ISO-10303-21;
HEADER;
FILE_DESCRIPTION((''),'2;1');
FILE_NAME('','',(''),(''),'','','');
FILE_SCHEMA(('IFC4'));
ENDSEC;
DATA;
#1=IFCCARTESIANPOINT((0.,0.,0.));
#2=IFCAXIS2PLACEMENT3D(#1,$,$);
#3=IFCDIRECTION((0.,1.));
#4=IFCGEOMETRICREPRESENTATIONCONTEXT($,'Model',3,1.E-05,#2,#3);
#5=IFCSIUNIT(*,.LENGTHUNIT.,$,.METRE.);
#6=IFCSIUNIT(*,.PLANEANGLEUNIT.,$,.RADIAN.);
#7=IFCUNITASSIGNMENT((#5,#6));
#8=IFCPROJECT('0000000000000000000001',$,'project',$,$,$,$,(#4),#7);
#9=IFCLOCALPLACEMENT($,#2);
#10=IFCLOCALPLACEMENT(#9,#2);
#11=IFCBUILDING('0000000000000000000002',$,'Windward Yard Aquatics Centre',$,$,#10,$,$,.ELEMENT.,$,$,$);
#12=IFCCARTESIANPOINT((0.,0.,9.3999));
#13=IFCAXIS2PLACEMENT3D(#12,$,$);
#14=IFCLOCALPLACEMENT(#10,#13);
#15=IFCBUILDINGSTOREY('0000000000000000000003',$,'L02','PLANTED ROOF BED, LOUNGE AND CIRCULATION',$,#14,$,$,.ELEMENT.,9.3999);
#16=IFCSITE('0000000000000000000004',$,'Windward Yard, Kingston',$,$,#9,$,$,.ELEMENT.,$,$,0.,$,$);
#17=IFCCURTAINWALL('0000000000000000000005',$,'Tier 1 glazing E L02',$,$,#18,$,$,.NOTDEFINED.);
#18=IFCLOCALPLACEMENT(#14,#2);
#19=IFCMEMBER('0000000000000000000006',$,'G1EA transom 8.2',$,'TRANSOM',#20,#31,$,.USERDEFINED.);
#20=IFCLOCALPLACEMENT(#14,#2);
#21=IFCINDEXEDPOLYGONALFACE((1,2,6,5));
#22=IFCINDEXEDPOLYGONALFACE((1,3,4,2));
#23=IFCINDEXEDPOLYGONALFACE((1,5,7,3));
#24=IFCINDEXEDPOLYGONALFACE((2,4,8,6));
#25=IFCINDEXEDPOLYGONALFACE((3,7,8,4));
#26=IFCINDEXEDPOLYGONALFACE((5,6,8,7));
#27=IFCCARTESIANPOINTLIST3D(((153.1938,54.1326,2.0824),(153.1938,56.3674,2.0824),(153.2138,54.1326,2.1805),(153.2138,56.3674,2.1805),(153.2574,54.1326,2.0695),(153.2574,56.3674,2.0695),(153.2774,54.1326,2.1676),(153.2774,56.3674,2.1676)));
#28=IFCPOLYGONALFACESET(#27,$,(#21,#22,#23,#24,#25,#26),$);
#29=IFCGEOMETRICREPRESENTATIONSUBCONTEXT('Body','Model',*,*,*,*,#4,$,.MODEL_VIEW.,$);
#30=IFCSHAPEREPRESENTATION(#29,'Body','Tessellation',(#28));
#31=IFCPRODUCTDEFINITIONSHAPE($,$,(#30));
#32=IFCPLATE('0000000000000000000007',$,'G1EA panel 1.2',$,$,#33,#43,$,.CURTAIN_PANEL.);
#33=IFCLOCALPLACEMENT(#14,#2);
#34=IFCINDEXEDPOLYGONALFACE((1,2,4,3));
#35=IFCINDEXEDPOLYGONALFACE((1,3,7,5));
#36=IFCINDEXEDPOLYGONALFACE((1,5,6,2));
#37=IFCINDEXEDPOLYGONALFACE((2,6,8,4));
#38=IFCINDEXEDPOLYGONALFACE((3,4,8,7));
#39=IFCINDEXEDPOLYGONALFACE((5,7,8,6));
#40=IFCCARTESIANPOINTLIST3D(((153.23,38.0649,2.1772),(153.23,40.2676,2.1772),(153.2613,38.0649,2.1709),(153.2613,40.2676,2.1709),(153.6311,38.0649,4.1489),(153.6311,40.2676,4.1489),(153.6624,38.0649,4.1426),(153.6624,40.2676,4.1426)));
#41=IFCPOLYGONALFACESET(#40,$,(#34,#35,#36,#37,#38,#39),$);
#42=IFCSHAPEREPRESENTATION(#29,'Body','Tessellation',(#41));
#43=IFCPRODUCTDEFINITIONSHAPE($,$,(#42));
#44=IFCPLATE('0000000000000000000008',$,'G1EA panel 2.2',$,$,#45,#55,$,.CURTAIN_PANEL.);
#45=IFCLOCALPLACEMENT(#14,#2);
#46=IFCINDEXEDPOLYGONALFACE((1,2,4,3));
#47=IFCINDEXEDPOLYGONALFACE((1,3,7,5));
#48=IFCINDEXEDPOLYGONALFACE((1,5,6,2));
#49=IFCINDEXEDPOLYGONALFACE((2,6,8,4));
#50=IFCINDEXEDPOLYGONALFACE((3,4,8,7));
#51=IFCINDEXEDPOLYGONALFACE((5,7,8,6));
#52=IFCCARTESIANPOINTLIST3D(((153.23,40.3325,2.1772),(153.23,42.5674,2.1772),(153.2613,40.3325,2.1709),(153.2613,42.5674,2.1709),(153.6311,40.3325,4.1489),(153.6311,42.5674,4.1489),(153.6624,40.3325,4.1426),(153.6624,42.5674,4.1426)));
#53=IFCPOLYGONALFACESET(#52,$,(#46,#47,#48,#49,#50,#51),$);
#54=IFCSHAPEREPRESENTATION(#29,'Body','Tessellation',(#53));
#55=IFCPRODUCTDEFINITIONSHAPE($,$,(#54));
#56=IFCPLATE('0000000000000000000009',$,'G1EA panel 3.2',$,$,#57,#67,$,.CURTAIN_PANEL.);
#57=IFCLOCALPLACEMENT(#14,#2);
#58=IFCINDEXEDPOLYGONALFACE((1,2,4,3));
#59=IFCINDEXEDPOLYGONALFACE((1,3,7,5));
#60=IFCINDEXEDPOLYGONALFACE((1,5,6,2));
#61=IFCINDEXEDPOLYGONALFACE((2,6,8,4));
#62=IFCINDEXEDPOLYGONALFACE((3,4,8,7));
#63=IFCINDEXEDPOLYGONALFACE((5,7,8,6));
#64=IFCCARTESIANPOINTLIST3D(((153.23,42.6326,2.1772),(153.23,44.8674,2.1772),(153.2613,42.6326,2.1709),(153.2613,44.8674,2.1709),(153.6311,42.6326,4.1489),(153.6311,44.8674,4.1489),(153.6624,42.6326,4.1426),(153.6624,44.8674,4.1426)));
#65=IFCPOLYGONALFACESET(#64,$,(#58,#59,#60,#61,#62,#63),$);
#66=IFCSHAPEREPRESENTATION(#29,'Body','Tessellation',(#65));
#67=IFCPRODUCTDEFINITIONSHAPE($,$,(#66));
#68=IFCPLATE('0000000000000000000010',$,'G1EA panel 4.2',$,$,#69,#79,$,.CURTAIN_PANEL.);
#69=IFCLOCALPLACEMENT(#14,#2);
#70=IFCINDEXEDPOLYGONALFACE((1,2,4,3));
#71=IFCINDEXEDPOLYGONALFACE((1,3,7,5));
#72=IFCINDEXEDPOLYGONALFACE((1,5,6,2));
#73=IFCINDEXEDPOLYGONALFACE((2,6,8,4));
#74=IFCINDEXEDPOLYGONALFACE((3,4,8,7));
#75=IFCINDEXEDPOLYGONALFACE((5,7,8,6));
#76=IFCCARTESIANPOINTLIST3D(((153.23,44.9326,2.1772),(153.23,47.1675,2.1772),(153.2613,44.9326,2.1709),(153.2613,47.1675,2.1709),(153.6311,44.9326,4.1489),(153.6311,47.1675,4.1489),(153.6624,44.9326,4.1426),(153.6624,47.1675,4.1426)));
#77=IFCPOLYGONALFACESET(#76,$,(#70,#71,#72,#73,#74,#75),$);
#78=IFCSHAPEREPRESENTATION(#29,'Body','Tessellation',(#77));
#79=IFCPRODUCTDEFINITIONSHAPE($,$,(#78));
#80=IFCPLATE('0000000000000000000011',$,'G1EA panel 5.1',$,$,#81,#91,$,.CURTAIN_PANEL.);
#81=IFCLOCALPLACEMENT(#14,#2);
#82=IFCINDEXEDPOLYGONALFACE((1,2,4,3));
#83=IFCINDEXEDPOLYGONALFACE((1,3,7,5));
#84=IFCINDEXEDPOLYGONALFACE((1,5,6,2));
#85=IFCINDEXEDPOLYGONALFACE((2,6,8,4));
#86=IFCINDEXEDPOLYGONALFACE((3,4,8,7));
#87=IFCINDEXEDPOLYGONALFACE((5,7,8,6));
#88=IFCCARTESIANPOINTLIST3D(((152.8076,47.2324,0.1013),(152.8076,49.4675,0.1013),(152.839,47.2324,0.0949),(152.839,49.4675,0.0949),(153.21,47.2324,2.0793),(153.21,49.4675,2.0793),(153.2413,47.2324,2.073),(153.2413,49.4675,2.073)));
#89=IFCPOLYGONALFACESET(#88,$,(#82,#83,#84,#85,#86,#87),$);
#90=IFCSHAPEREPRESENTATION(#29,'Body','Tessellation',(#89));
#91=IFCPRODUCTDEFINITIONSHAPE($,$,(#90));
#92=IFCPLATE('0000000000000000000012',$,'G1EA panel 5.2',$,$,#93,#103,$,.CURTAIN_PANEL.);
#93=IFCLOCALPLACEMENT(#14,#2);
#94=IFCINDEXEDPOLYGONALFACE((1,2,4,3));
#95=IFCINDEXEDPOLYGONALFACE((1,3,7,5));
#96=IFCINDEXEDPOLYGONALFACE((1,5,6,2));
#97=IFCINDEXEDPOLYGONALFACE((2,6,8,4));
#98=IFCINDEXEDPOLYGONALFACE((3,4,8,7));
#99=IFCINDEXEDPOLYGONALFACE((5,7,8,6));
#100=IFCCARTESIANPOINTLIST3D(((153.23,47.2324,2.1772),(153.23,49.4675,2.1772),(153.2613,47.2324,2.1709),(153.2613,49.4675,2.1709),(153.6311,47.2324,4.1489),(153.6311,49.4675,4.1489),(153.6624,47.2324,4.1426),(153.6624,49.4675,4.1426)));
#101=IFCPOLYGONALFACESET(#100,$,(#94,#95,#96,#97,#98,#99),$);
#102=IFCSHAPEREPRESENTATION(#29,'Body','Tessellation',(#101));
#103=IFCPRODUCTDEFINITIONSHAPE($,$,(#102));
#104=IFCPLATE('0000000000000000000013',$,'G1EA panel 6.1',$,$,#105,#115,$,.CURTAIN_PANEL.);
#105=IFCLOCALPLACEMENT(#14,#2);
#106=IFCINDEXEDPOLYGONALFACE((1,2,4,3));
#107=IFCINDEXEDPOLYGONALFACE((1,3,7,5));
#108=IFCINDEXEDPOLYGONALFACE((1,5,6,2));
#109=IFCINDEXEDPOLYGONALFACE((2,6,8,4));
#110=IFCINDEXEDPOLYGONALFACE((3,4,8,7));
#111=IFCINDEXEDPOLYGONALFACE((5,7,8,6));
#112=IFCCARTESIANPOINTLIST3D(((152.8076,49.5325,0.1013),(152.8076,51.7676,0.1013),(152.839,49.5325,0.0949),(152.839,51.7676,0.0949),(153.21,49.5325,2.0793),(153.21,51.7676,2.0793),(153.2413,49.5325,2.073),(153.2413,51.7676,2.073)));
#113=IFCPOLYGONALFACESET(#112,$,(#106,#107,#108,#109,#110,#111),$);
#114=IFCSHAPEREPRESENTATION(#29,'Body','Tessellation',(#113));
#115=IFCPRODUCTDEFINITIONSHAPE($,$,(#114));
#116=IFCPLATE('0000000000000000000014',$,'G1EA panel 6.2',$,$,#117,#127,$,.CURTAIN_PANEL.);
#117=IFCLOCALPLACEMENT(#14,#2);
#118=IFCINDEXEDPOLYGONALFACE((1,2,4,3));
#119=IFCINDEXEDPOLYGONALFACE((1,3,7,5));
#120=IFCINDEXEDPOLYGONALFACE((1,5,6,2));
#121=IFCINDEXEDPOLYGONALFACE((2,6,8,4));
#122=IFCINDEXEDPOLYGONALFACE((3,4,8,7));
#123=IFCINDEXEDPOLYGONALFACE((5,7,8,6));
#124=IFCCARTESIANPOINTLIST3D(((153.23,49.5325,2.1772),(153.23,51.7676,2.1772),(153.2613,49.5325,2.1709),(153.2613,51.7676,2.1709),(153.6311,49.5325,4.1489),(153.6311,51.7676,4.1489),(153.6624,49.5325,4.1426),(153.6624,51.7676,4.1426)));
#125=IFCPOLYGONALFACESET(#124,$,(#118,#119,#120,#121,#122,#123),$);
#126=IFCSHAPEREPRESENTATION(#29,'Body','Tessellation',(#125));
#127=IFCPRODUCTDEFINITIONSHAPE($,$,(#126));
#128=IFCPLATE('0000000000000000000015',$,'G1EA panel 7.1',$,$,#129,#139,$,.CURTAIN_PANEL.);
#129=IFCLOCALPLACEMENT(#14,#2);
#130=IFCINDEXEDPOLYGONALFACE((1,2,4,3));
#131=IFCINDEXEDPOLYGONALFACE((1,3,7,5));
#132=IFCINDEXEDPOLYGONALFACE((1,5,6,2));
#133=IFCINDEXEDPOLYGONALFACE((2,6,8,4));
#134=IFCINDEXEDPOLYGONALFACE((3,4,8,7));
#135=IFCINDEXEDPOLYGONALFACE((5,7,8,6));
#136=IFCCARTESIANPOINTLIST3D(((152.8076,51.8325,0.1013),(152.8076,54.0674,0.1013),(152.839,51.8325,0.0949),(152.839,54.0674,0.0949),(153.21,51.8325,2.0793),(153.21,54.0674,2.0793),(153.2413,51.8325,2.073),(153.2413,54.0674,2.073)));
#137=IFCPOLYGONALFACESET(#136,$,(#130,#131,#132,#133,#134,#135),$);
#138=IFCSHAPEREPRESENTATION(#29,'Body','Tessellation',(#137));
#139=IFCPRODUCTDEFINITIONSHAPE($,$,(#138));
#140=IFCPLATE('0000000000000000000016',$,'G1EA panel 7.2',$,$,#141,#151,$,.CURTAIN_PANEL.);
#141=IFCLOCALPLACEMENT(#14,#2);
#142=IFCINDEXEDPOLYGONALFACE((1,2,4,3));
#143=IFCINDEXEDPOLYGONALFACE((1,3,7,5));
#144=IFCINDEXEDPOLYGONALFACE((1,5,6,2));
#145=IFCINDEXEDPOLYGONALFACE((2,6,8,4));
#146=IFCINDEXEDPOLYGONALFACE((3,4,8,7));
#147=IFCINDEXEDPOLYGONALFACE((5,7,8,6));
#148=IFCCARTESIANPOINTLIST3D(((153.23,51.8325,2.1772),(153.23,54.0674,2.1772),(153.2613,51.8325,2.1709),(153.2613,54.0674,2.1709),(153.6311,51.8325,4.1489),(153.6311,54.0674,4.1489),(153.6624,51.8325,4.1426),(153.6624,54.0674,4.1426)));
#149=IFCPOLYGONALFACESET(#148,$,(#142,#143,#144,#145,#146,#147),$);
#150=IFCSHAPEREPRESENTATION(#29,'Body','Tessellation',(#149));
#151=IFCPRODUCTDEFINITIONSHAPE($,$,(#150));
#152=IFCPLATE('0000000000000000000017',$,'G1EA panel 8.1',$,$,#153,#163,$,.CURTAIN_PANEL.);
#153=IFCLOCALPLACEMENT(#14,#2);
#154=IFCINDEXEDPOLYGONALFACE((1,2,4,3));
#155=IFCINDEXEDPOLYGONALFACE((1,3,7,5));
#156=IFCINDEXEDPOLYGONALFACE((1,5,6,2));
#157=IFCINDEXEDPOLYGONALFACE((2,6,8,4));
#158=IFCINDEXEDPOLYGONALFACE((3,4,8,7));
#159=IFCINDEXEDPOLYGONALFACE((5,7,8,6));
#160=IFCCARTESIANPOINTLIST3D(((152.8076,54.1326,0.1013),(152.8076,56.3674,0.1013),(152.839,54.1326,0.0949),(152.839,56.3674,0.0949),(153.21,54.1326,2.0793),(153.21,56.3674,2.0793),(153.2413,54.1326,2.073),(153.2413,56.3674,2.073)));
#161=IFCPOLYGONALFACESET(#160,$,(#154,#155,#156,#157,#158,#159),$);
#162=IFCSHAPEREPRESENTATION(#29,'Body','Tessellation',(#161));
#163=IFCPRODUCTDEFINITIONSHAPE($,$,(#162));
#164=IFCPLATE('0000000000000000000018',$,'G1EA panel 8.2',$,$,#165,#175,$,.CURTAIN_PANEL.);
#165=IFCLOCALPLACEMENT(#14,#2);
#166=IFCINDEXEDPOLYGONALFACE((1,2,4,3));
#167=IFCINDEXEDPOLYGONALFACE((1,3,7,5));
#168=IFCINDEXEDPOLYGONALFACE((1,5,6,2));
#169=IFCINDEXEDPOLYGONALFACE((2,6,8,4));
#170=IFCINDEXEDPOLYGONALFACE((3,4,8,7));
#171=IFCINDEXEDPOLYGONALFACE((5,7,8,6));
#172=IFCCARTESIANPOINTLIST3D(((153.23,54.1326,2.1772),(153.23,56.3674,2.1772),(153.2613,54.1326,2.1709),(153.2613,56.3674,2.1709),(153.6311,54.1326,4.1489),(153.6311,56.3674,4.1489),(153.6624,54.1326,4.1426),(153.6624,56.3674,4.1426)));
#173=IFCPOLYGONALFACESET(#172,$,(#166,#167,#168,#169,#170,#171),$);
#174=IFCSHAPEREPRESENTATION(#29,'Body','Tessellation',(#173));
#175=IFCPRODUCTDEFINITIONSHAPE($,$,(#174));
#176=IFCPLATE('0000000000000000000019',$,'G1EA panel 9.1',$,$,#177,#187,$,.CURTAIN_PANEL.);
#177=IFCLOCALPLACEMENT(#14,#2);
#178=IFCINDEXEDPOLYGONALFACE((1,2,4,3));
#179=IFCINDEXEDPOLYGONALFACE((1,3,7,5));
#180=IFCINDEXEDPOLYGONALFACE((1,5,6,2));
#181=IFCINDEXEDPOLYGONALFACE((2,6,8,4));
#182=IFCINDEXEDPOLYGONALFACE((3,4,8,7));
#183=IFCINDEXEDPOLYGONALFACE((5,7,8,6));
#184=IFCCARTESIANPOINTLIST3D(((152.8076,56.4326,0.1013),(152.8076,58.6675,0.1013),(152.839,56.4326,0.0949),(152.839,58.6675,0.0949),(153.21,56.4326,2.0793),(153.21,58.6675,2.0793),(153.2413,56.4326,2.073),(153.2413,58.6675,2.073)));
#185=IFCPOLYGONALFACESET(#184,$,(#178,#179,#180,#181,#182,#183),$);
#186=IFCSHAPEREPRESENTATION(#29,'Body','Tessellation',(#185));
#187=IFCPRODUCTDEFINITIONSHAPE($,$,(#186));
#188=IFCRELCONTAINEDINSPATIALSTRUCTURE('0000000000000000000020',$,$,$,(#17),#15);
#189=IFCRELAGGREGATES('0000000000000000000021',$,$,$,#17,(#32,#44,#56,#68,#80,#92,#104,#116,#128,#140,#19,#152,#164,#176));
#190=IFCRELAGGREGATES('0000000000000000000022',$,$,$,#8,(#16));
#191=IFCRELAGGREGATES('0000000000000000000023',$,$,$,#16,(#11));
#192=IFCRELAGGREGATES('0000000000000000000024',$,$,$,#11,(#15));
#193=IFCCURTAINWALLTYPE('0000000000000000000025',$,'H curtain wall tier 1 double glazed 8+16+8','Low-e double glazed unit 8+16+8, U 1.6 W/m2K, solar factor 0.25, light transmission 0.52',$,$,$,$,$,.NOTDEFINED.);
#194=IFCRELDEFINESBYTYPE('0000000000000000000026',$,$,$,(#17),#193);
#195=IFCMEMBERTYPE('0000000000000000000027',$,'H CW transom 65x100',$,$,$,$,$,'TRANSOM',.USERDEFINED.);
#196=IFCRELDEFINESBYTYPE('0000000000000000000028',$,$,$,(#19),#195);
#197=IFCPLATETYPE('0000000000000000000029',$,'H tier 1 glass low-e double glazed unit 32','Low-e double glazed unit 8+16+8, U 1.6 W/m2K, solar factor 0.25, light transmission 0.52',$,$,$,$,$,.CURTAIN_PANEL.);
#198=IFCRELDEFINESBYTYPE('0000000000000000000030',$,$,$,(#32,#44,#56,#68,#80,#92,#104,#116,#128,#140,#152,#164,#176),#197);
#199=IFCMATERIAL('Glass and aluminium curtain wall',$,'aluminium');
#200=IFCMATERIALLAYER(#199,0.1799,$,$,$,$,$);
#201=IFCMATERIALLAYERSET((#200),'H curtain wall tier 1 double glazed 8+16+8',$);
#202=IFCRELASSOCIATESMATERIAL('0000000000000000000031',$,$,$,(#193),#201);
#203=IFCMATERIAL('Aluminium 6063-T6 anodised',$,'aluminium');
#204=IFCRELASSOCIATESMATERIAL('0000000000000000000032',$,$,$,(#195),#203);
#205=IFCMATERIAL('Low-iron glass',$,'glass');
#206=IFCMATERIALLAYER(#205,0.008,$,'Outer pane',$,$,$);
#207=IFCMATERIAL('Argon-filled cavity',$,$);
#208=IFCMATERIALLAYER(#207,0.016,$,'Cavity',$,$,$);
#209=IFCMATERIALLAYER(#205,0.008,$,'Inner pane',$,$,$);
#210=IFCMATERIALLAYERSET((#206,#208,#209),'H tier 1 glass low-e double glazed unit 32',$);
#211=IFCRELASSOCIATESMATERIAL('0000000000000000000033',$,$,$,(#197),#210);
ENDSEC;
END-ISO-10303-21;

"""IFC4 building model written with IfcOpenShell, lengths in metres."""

from ifc_helpers import new_model, si_unit, direction, frame, origin, origin_2d, place, context, subcontext, project, spatial, polyline, rectangle, outline, extrude, material, layer, layer_set, material_profile, profile_set, type_object, element, aggregate, save


model = new_model("IFC4")

# Units and contexts
model_context = context("Model", 3, precision=1e-05, world=origin(), true_north=direction((0.0, 1.0)))
body_context = subcontext(model_context, "Body", "Model", "MODEL_VIEW")
ifc_project = project(units=[si_unit("LENGTHUNIT", "METRE"), si_unit("PLANEANGLEUNIT", "RADIAN")], contexts=[model_context])

# Site, building, storey
site_placement = place(None, origin())
site = spatial("IfcSite", under=ifc_project, at=site_placement, Name="Windward Yard, Kingston", CompositionType="ELEMENT", RefElevation=0.0)
building_placement = place(site_placement, origin())
building = spatial("IfcBuilding", under=site, at=building_placement, Name="Windward Yard Aquatics Centre", CompositionType="ELEMENT")
storey_placement = place(building_placement, frame((0.0, 0.0, 9.3999)))
storey = spatial("IfcBuildingStorey", under=building, at=storey_placement, Name="L02", Description="PLANTED ROOF BED, LOUNGE AND CIRCULATION", CompositionType="ELEMENT", Elevation=9.3999)

# Curtain wall, member, plates
ifc_material_1 = material(Name="Glass and aluminium curtain wall", Category="aluminium")
ifc_layer_1 = layer(ifc_material_1, 0.1799)
ifc_layer_set_1 = layer_set([ifc_layer_1], Name="H curtain wall tier 1 double glazed 8+16+8")
curtain_wall_type = type_object("IfcCurtainWallType", Name="H curtain wall tier 1 double glazed 8+16+8", Description="Low-e double glazed unit 8+16+8, U 1.6 W/m2K, solar factor 0.25, light transmission 0.52", PredefinedType="NOTDEFINED", material=ifc_layer_set_1)
curtain_wall_placement = place(storey_placement, origin())
curtain_wall = element("IfcCurtainWall", 1, at=curtain_wall_placement, inside=storey, type_object=curtain_wall_type, Name="Tier 1 glazing E L02", PredefinedType="NOTDEFINED")
ifc_material_2 = material(Name="Aluminium 6063-T6 anodised", Category="aluminium")
ifc_material_profile = material_profile(ifc_material_2, rectangle(XDim=0.0649, YDim=0.1001, at=origin_2d()), Name="H CW transom 65x100")
ifc_profile_set = profile_set([ifc_material_profile], Name="Aluminium 6063-T6 anodised")
member_type = type_object("IfcMemberType", Name="H CW transom 65x100", ElementType="TRANSOM", PredefinedType="USERDEFINED", material=ifc_profile_set)
member_1_placement = place(storey_placement, frame((153.2356, 54.1326, 2.125), z_axis=(0.0, 1.0, 0.0), x_axis=(-0.979925, 0.0, 0.199368)))
member_1 = element("IfcMember", 2, at=member_1_placement, type_object=member_type, Name="G1EA transom 8.2", ObjectType="TRANSOM", PredefinedType="USERDEFINED", context=body_context, shape_type="SweptSolid", body=[
    extrude(rectangle(XDim=0.0649, YDim=0.1001, at=origin_2d()), origin(), (0.0, 0.0, 1.0), 2.2349),
])
ifc_material_3 = material(Name="Low-iron glass", Category="glass")
ifc_layer_2 = layer(ifc_material_3, 0.008, Name="Outer pane")
ifc_material_4 = material(Name="Argon-filled cavity")
ifc_layer_3 = layer(ifc_material_4, 0.016, Name="Cavity")
ifc_layer_4 = layer(ifc_material_3, 0.008, Name="Inner pane")
ifc_layer_set_2 = layer_set([ifc_layer_2, ifc_layer_3, ifc_layer_4], Name="H tier 1 glass low-e double glazed unit 32")
plate_type = type_object("IfcPlateType", Name="H tier 1 glass low-e double glazed unit 32", Description="Low-e double glazed unit 8+16+8, U 1.6 W/m2K, solar factor 0.25, light transmission 0.52", PredefinedType="CURTAIN_PANEL", material=ifc_layer_set_2)
plate_1_placement = place(storey_placement, frame((153.23, 38.0649, 2.1772), z_axis=(-0.979927, 0.0, 0.199359), x_axis=(0.0, 1.0, 0.0)))
plate_1 = element("IfcPlate", 3, at=plate_1_placement, type_object=plate_type, Name="G1EA panel 1.2", PredefinedType="CURTAIN_PANEL", context=body_context, shape_type="SweptSolid", body=[
    extrude(outline(polyline([(0.0, 0.0), (2.2026, 0.0), (2.2026, -2.0121), (0.0, -2.0121), (0.0, 0.0)])), origin(), (0.0, 0.0, -1.0), 0.032),
])
plate_2_placement = place(storey_placement, frame((153.23, 40.3325, 2.1772), z_axis=(-0.979927, 0.0, 0.199359), x_axis=(0.0, 1.0, 0.0)))
plate_2 = element("IfcPlate", 4, at=plate_2_placement, type_object=plate_type, Name="G1EA panel 2.2", PredefinedType="CURTAIN_PANEL", context=body_context, shape_type="SweptSolid", body=[
    extrude(outline(polyline([(0.0, 0.0), (2.2349, 0.0), (2.2349, -2.0121), (0.0, -2.0121), (0.0, 0.0)])), origin(), (0.0, 0.0, -1.0), 0.032),
])
plate_3_placement = place(storey_placement, frame((153.23, 42.6326, 2.1772), z_axis=(-0.979927, 0.0, 0.199359), x_axis=(0.0, 1.0, 0.0)))
plate_3 = element("IfcPlate", 5, at=plate_3_placement, type_object=plate_type, Name="G1EA panel 3.2", PredefinedType="CURTAIN_PANEL", context=body_context, shape_type="SweptSolid", body=[
    extrude(outline(polyline([(0.0, 0.0), (2.2349, 0.0), (2.2349, -2.0121), (0.0, -2.0121), (0.0, 0.0)])), origin(), (0.0, 0.0, -1.0), 0.032),
])
plate_4_placement = place(storey_placement, frame((153.23, 44.9326, 2.1772), z_axis=(-0.979927, 0.0, 0.199359), x_axis=(0.0, 1.0, 0.0)))
plate_4 = element("IfcPlate", 6, at=plate_4_placement, type_object=plate_type, Name="G1EA panel 4.2", PredefinedType="CURTAIN_PANEL", context=body_context, shape_type="SweptSolid", body=[
    extrude(outline(polyline([(0.0, 0.0), (2.2349, 0.0), (2.2349, -2.0121), (0.0, -2.0121), (0.0, 0.0)])), origin(), (0.0, 0.0, -1.0), 0.032),
])
plate_5_placement = place(storey_placement, frame((152.8076, 47.2324, 0.1013), z_axis=(-0.979933, 0.0, 0.199325), x_axis=(0.0, 1.0, 0.0)))
plate_5 = element("IfcPlate", 7, at=plate_5_placement, type_object=plate_type, Name="G1EA panel 5.1", PredefinedType="CURTAIN_PANEL", context=body_context, shape_type="SweptSolid", body=[
    extrude(outline(polyline([(0.0, 0.0), (2.2351, 0.0), (2.2351, -2.0185), (0.0, -2.0185), (0.0, 0.0)])), origin(), (0.0, 0.0, -1.0), 0.032),
])
plate_6_placement = place(storey_placement, frame((153.23, 47.2324, 2.1772), z_axis=(-0.979927, 0.0, 0.199359), x_axis=(0.0, 1.0, 0.0)))
plate_6 = element("IfcPlate", 8, at=plate_6_placement, type_object=plate_type, Name="G1EA panel 5.2", PredefinedType="CURTAIN_PANEL", context=body_context, shape_type="SweptSolid", body=[
    extrude(outline(polyline([(0.0, 0.0), (2.2351, 0.0), (2.2351, -2.0121), (0.0, -2.0121), (0.0, 0.0)])), origin(), (0.0, 0.0, -1.0), 0.032),
])
plate_7_placement = place(storey_placement, frame((152.8076, 49.5325, 0.1013), z_axis=(-0.979933, 0.0, 0.199325), x_axis=(0.0, 1.0, 0.0)))
plate_7 = element("IfcPlate", 9, at=plate_7_placement, type_object=plate_type, Name="G1EA panel 6.1", PredefinedType="CURTAIN_PANEL", context=body_context, shape_type="SweptSolid", body=[
    extrude(outline(polyline([(0.0, 0.0), (2.2351, 0.0), (2.2351, -2.0185), (0.0, -2.0185), (0.0, 0.0)])), origin(), (0.0, 0.0, -1.0), 0.032),
])
plate_8_placement = place(storey_placement, frame((153.23, 49.5325, 2.1772), z_axis=(-0.979927, 0.0, 0.199359), x_axis=(0.0, 1.0, 0.0)))
plate_8 = element("IfcPlate", 10, at=plate_8_placement, type_object=plate_type, Name="G1EA panel 6.2", PredefinedType="CURTAIN_PANEL", context=body_context, shape_type="SweptSolid", body=[
    extrude(outline(polyline([(0.0, 0.0), (2.2351, 0.0), (2.2351, -2.0121), (0.0, -2.0121), (0.0, 0.0)])), origin(), (0.0, 0.0, -1.0), 0.032),
])
plate_9_placement = place(storey_placement, frame((152.8076, 51.8325, 0.1013), z_axis=(-0.979933, 0.0, 0.199325), x_axis=(0.0, 1.0, 0.0)))
plate_9 = element("IfcPlate", 11, at=plate_9_placement, type_object=plate_type, Name="G1EA panel 7.1", PredefinedType="CURTAIN_PANEL", context=body_context, shape_type="SweptSolid", body=[
    extrude(outline(polyline([(0.0, 0.0), (2.2349, 0.0), (2.2349, -2.0185), (0.0, -2.0185), (0.0, 0.0)])), origin(), (0.0, 0.0, -1.0), 0.032),
])
plate_10_placement = place(storey_placement, frame((153.23, 51.8325, 2.1772), z_axis=(-0.979927, 0.0, 0.199359), x_axis=(0.0, 1.0, 0.0)))
plate_10 = element("IfcPlate", 12, at=plate_10_placement, type_object=plate_type, Name="G1EA panel 7.2", PredefinedType="CURTAIN_PANEL", context=body_context, shape_type="SweptSolid", body=[
    extrude(outline(polyline([(0.0, 0.0), (2.2349, 0.0), (2.2349, -2.0121), (0.0, -2.0121), (0.0, 0.0)])), origin(), (0.0, 0.0, -1.0), 0.032),
])
plate_11_placement = place(storey_placement, frame((152.8076, 54.1326, 0.1013), z_axis=(-0.979933, 0.0, 0.199325), x_axis=(0.0, 1.0, 0.0)))
plate_11 = element("IfcPlate", 13, at=plate_11_placement, type_object=plate_type, Name="G1EA panel 8.1", PredefinedType="CURTAIN_PANEL", context=body_context, shape_type="SweptSolid", body=[
    extrude(outline(polyline([(0.0, 0.0), (2.2349, 0.0), (2.2349, -2.0185), (0.0, -2.0185), (0.0, 0.0)])), origin(), (0.0, 0.0, -1.0), 0.032),
])
plate_12_placement = place(storey_placement, frame((153.23, 54.1326, 2.1772), z_axis=(-0.979927, 0.0, 0.199359), x_axis=(0.0, 1.0, 0.0)))
plate_12 = element("IfcPlate", 14, at=plate_12_placement, type_object=plate_type, Name="G1EA panel 8.2", PredefinedType="CURTAIN_PANEL", context=body_context, shape_type="SweptSolid", body=[
    extrude(outline(polyline([(0.0, 0.0), (2.2349, 0.0), (2.2349, -2.0121), (0.0, -2.0121), (0.0, 0.0)])), origin(), (0.0, 0.0, -1.0), 0.032),
])
plate_13_placement = place(storey_placement, frame((152.8076, 56.4326, 0.1013), z_axis=(-0.979933, 0.0, 0.199325), x_axis=(0.0, 1.0, 0.0)))
plate_13 = element("IfcPlate", 15, at=plate_13_placement, type_object=plate_type, Name="G1EA panel 9.1", PredefinedType="CURTAIN_PANEL", context=body_context, shape_type="SweptSolid", body=[
    extrude(outline(polyline([(0.0, 0.0), (2.2349, 0.0), (2.2349, -2.0185), (0.0, -2.0185), (0.0, 0.0)])), origin(), (0.0, 0.0, -1.0), 0.032),
])
aggregate(curtain_wall, [plate_1, plate_2, plate_3, plate_4, plate_5, plate_6, plate_7, plate_8, plate_9, plate_10, member_1, plate_11, plate_12, plate_13])

save(model, "model.ifc")
